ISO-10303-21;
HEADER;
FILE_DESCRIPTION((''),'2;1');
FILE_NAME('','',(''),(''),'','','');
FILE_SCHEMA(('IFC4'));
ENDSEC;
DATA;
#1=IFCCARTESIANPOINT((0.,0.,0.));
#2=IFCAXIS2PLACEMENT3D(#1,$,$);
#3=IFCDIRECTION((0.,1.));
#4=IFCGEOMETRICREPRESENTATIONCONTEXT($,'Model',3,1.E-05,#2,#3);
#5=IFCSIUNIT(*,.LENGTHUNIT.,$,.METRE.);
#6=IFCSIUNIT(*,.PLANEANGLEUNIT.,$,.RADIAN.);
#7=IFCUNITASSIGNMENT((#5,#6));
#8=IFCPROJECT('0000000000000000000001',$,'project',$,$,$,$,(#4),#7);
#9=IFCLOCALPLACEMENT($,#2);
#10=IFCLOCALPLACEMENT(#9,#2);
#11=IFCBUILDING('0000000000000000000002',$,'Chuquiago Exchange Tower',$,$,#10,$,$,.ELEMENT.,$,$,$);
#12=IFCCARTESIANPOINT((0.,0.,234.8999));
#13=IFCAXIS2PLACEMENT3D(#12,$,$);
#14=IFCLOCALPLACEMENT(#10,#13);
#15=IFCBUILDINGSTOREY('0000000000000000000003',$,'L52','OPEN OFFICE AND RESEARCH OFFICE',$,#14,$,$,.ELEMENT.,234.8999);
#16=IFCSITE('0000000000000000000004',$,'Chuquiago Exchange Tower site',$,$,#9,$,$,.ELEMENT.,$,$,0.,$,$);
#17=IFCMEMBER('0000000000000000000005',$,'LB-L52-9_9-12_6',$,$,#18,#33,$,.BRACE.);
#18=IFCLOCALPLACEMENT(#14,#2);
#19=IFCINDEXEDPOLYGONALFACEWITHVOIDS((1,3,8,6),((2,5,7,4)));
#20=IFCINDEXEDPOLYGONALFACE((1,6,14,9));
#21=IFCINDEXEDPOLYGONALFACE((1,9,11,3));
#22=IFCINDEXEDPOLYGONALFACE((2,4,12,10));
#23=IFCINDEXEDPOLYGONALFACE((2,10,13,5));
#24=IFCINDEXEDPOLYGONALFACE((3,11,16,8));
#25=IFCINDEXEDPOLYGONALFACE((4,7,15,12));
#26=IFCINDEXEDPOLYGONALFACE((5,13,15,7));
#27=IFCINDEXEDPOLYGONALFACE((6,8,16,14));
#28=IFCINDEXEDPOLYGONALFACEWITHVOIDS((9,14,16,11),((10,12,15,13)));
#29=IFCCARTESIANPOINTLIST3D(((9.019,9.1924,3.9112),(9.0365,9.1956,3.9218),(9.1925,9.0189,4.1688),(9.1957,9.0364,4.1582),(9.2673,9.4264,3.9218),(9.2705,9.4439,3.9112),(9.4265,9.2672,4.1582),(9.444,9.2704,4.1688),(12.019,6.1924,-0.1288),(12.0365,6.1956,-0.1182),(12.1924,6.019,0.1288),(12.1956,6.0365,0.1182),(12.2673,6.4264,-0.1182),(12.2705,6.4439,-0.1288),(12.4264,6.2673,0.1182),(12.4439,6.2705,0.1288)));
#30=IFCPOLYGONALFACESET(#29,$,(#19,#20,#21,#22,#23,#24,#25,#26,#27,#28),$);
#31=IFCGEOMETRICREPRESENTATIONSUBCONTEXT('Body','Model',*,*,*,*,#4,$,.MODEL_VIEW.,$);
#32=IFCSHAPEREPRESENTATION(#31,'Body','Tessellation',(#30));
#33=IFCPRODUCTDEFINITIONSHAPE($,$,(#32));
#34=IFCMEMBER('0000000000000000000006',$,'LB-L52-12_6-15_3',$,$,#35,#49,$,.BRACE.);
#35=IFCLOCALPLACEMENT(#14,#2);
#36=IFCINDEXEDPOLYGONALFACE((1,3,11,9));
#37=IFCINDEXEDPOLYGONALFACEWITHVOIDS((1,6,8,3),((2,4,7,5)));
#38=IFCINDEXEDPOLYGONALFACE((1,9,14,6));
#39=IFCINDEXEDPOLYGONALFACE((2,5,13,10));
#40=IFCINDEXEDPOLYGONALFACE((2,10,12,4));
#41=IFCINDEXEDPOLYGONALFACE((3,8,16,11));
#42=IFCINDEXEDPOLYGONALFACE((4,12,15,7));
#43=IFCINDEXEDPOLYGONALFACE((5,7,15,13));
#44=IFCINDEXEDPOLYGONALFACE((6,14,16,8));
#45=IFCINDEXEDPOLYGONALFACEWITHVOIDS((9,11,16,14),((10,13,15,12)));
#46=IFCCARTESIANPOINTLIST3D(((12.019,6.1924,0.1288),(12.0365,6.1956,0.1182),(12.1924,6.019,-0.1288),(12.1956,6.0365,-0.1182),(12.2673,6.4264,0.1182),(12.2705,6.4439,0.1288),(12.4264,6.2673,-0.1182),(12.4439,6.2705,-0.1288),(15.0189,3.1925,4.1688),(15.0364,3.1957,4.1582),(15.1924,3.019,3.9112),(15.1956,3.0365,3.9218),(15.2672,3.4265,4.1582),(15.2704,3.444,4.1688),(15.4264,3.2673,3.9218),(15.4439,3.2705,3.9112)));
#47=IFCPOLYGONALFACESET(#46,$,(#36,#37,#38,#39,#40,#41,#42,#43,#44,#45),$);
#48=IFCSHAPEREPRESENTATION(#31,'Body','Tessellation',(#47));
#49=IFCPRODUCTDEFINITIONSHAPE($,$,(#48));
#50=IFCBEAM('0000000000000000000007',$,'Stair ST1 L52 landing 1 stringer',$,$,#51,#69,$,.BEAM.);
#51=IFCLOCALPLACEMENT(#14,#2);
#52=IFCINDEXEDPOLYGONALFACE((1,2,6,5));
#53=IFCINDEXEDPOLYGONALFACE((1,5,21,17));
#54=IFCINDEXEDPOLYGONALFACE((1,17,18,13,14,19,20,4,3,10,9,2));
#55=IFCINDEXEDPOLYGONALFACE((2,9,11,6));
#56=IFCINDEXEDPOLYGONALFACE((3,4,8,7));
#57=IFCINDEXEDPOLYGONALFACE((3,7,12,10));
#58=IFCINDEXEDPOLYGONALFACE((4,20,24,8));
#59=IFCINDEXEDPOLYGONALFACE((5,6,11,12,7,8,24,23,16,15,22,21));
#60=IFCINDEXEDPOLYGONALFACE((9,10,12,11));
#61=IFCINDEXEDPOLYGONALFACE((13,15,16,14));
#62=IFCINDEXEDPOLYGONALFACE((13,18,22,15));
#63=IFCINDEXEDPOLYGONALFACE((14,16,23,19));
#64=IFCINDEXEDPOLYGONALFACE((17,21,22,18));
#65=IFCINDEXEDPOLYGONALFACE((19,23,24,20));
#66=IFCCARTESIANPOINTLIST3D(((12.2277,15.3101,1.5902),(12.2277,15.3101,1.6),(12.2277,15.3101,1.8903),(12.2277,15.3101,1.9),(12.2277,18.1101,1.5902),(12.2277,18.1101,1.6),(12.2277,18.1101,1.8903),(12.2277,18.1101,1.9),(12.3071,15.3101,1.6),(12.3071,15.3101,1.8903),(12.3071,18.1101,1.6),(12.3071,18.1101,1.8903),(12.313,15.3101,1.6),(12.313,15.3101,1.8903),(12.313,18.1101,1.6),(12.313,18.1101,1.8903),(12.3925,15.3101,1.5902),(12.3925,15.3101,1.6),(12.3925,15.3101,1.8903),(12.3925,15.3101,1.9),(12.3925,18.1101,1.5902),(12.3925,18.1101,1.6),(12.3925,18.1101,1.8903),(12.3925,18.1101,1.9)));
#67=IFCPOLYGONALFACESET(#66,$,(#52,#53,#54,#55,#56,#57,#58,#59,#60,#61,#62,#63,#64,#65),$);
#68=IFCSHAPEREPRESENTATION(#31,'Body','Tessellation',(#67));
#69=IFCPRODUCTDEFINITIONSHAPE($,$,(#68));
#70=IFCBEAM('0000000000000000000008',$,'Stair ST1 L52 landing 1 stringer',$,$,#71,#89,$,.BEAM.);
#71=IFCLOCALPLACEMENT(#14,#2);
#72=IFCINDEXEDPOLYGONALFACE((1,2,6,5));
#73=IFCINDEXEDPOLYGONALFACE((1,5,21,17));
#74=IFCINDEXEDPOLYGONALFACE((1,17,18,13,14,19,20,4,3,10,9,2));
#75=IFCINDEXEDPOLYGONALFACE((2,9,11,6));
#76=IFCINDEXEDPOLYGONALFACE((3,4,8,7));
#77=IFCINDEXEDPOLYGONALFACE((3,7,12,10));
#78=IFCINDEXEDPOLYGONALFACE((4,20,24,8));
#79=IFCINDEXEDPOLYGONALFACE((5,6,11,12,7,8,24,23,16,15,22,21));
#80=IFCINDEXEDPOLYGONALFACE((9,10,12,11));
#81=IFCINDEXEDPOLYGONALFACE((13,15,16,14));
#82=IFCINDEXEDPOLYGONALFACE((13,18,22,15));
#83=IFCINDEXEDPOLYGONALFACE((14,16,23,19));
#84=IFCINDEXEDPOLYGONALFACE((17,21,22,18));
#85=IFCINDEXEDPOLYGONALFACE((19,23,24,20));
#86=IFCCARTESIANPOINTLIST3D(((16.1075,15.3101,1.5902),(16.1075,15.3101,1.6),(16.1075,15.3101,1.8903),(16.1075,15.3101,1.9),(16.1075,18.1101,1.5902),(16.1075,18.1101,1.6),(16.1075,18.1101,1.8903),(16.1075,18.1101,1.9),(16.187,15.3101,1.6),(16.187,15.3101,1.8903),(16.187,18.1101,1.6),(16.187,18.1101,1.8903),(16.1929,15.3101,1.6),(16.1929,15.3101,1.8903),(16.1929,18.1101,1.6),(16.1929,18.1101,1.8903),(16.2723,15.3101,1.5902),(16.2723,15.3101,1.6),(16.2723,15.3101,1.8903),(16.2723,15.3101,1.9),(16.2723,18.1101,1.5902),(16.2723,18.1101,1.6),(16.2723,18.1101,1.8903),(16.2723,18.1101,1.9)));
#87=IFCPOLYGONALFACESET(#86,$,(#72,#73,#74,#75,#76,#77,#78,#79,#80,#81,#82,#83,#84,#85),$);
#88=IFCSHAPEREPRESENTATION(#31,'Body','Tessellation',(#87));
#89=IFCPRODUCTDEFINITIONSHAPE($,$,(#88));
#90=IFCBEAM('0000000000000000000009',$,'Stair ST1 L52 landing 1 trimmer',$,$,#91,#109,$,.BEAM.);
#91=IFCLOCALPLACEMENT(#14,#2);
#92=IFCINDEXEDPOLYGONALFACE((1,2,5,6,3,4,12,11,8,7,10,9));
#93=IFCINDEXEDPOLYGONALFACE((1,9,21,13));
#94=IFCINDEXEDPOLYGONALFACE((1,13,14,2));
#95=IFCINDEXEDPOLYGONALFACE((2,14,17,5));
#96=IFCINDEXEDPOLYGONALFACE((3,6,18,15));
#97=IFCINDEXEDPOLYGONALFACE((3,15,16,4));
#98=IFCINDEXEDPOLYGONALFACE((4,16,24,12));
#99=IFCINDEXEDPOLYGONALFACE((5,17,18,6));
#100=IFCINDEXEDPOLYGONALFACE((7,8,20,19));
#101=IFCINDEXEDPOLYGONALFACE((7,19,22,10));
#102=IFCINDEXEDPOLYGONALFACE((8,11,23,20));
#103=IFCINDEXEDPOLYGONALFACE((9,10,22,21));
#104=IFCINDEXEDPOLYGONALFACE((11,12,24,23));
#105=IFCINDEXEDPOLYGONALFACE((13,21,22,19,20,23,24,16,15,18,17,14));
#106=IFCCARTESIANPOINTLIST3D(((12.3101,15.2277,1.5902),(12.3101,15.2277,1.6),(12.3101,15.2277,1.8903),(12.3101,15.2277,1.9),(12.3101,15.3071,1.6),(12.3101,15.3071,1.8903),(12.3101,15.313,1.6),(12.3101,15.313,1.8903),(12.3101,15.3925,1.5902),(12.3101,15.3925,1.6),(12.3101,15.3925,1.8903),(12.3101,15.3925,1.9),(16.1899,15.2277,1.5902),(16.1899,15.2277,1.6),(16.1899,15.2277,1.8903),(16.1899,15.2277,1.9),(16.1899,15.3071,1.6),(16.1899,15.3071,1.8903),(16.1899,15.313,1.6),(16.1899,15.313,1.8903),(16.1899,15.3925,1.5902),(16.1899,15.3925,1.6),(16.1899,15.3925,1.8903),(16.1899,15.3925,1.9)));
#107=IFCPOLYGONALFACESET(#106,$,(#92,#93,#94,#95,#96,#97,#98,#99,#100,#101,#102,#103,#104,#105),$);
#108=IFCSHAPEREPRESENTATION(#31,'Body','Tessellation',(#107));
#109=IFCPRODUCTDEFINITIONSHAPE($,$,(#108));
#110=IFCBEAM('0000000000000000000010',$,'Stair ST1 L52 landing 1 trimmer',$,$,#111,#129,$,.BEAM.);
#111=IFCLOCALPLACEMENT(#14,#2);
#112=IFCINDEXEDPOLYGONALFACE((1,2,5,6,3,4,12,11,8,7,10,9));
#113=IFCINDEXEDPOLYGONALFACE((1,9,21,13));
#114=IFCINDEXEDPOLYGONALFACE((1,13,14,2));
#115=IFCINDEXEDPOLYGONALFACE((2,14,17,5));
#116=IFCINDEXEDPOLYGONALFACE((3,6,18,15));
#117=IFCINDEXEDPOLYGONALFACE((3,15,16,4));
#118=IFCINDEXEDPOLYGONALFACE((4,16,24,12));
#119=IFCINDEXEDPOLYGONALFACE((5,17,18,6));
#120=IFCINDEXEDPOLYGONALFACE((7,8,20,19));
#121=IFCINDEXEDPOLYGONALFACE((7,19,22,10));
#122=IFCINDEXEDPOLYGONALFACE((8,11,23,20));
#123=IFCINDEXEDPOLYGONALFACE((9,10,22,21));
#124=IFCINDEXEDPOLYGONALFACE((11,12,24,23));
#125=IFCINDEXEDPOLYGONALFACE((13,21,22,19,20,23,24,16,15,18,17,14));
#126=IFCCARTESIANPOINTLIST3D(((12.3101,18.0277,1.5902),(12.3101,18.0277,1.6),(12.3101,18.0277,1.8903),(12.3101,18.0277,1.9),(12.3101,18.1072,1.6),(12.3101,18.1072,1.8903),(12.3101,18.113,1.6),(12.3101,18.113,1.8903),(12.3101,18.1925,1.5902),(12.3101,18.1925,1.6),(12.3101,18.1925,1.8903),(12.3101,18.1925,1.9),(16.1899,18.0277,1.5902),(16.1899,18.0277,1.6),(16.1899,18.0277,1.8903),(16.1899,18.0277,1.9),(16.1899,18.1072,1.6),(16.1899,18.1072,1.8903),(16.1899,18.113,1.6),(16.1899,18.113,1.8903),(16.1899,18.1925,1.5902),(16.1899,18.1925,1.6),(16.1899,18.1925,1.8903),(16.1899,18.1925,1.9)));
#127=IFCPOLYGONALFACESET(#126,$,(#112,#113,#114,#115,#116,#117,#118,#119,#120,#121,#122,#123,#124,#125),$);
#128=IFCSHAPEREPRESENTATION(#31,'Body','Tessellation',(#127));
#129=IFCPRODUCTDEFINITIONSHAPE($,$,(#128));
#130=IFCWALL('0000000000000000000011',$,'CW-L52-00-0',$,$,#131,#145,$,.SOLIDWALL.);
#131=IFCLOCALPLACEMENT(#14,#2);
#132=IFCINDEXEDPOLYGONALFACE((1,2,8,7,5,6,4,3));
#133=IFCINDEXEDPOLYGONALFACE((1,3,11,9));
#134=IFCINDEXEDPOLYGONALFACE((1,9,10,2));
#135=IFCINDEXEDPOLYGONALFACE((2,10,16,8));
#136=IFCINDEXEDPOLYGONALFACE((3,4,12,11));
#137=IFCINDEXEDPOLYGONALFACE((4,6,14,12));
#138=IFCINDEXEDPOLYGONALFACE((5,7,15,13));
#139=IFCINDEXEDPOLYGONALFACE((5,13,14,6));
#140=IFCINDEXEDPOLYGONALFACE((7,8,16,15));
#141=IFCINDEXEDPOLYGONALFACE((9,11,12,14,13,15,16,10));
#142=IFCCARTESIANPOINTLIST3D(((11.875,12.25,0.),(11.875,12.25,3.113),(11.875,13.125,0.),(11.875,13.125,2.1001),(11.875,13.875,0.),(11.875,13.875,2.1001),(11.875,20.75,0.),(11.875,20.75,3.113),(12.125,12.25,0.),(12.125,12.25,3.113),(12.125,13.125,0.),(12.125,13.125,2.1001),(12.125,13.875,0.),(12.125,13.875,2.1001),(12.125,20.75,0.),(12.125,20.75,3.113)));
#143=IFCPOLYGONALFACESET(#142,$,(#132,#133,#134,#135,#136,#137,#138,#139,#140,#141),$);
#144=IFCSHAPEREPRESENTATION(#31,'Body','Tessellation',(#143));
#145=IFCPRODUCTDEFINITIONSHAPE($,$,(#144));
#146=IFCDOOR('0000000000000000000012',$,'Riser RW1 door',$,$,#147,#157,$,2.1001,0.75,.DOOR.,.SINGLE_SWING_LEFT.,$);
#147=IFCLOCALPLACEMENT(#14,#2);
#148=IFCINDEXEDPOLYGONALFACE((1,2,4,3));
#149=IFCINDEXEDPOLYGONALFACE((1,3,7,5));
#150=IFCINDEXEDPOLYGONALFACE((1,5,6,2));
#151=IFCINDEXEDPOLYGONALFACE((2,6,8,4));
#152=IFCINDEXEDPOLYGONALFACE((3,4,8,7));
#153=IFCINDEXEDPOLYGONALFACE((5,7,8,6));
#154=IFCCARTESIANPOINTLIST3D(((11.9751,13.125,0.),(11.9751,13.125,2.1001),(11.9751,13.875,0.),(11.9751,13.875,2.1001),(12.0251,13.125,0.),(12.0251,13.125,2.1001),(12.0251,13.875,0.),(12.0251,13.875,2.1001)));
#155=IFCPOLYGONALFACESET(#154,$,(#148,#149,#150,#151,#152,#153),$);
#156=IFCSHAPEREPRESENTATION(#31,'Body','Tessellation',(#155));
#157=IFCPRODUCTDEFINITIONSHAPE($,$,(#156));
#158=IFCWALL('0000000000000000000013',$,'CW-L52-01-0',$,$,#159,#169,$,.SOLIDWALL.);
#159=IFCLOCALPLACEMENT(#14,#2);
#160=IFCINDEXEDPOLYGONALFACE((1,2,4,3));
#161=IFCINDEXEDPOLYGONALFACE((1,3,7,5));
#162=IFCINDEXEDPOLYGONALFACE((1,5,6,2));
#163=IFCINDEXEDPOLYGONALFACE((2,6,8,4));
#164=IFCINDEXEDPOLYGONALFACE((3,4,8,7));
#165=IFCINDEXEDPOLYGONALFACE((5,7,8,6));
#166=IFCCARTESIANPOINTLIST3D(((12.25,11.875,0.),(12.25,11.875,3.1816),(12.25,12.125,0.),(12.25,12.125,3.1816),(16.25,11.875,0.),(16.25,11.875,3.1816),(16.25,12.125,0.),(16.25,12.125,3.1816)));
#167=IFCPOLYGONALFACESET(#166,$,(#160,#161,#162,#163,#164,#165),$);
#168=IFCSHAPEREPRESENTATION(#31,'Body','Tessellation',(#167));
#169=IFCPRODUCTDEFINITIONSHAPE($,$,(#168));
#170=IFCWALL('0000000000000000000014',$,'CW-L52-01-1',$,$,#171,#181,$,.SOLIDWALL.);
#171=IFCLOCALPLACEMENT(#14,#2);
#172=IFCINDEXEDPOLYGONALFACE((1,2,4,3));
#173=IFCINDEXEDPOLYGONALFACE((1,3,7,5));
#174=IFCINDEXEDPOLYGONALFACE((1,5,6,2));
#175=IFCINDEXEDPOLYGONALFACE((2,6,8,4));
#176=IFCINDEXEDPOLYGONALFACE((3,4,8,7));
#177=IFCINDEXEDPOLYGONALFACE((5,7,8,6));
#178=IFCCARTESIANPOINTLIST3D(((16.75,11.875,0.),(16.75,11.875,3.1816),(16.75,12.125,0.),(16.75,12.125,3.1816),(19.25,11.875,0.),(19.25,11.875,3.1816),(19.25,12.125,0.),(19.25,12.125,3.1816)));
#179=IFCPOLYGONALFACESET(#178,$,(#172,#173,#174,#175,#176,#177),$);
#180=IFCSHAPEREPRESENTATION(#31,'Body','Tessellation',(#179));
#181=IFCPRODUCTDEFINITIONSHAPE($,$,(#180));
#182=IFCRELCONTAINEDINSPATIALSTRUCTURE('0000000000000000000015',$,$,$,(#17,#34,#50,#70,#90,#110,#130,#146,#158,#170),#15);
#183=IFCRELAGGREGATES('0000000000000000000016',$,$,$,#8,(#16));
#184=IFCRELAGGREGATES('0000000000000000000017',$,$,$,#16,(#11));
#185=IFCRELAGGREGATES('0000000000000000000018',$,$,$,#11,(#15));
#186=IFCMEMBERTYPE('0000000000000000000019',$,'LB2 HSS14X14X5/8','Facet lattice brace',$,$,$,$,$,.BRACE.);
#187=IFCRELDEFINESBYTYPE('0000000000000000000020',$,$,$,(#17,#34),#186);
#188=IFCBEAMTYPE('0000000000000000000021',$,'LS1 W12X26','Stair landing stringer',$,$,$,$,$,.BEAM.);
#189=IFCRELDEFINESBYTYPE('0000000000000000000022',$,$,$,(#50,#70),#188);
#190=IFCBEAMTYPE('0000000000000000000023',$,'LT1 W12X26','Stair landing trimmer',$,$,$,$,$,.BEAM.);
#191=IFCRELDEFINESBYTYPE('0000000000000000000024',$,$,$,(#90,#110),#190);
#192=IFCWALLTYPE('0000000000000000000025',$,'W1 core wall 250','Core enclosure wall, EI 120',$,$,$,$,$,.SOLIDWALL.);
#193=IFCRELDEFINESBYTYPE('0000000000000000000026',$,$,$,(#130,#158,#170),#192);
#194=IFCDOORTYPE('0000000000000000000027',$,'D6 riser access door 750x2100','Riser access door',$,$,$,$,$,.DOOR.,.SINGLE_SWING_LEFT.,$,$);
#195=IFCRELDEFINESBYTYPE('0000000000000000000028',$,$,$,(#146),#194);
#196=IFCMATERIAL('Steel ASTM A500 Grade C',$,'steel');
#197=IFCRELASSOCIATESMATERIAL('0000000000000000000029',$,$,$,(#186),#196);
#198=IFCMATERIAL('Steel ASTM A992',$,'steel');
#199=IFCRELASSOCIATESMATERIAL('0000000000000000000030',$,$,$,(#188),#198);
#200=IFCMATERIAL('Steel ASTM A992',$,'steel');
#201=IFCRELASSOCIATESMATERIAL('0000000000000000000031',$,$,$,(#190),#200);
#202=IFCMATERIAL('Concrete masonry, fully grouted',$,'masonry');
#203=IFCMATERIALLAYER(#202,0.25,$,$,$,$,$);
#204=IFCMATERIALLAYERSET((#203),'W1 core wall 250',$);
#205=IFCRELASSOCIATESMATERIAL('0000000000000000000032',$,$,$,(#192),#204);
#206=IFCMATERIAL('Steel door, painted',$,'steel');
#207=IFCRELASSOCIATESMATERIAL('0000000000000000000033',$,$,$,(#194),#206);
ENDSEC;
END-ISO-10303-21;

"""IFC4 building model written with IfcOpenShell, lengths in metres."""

from ifc_helpers import new_model, si_unit, direction, frame, frame_2d, origin, origin_2d, place, context, subcontext, project, spatial, rectangle, hollow_rectangle, i_section, extrude, material, layer, layer_set, material_profile, profile_set, type_object, element, fill, save


model = new_model("IFC4")

# Units and contexts
model_context = context("Model", 3, precision=1e-05, world=origin(), true_north=direction((0.0, 1.0)))
body_context = subcontext(model_context, "Body", "Model", "MODEL_VIEW")
ifc_project = project(units=[si_unit("LENGTHUNIT", "METRE"), si_unit("PLANEANGLEUNIT", "RADIAN")], contexts=[model_context])

# Site, building, storey
site_placement = place(None, origin())
site = spatial("IfcSite", under=ifc_project, at=site_placement, Name="Chuquiago Exchange Tower site", CompositionType="ELEMENT", RefElevation=0.0)
building_placement = place(site_placement, origin())
building = spatial("IfcBuilding", under=site, at=building_placement, Name="Chuquiago Exchange Tower", CompositionType="ELEMENT")
storey_placement = place(building_placement, frame((0.0, 0.0, 234.8999)))
storey = spatial("IfcBuildingStorey", under=building, at=storey_placement, Name="L52", Description="OPEN OFFICE AND RESEARCH OFFICE", CompositionType="ELEMENT", Elevation=234.8999)

# Members
ifc_material_1 = material(Name="Steel ASTM A500 Grade C", Category="steel")
ifc_material_profile_1 = material_profile(ifc_material_1, hollow_rectangle(XDim=0.3557, YDim=0.3557, WallThickness=0.0146, at=origin_2d()), Name="HSS14X14X5/8")
ifc_profile_set_1 = profile_set([ifc_material_profile_1], Name="Steel ASTM A500 Grade C")
member_type_1 = type_object("IfcMemberType", Name="LB2 HSS14X14X5/8", Description="Facet lattice brace", PredefinedType="BRACE", material=ifc_profile_set_1)
for number, where, z_axis, x_axis, name in (
    (1, (12.2314, 6.2314, 0.0), (-0.512077, 0.512077, 0.689604), (-0.707107, -0.707107, 0.0), "LB-L52-9_9-12_6"),
    (2, (12.2314, 6.2314, 0.0), (0.512077, -0.512077, 0.689604), (0.707107, 0.707107, 0.0), "LB-L52-12_6-15_3"),
):
    element("IfcMember", number, at=place(storey_placement, frame(where, z_axis=z_axis, x_axis=x_axis)), inside=storey, type_object=member_type_1, Name=name, PredefinedType="BRACE", context=body_context, shape_type="SweptSolid", body=[
        extrude(hollow_rectangle(XDim=0.3557, YDim=0.3557, WallThickness=0.0146, at=origin_2d()), origin(), (0.0, 0.0, 1.0), 5.8584),
    ])

# Beams
ifc_material_2 = material(Name="Steel ASTM A992", Category="steel")
ifc_material_profile_2 = material_profile(ifc_material_2, i_section(OverallWidth=0.1648, OverallDepth=0.3098, WebThickness=0.0059, FlangeThickness=0.0098, at=origin_2d()), Name="W12X26")
ifc_profile_set_2 = profile_set([ifc_material_profile_2], Name="Steel ASTM A992")
beam_type_1 = type_object("IfcBeamType", Name="LS1 W12X26", Description="Stair landing stringer", PredefinedType="BEAM", material=ifc_profile_set_2)
for number, where, z_axis, x_axis, name in (
    (3, (12.3101, 15.3101, 1.7451), (0.0, 1.0, 0.0), (-1.0, 0.0, 0.0), "Stair ST1 L52 landing 1 stringer"),
    (4, (16.1899, 15.3101, 1.7451), (0.0, 1.0, 0.0), (-1.0, 0.0, 0.0), "Stair ST1 L52 landing 1 stringer"),
):
    element("IfcBeam", number, at=place(storey_placement, frame(where, z_axis=z_axis, x_axis=x_axis)), inside=storey, type_object=beam_type_1, Name=name, PredefinedType="BEAM", context=body_context, shape_type="SweptSolid", body=[
        extrude(i_section(OverallWidth=0.1648, OverallDepth=0.3098, WebThickness=0.0059, FlangeThickness=0.0098, at=origin_2d()), origin(), (0.0, 0.0, 1.0), 2.8),
    ])
ifc_material_3 = material(Name="Steel ASTM A992", Category="steel")
ifc_material_profile_3 = material_profile(ifc_material_3, i_section(OverallWidth=0.1648, OverallDepth=0.3098, WebThickness=0.0059, FlangeThickness=0.0098, at=origin_2d()), Name="W12X26")
ifc_profile_set_3 = profile_set([ifc_material_profile_3], Name="Steel ASTM A992")
beam_type_2 = type_object("IfcBeamType", Name="LT1 W12X26", Description="Stair landing trimmer", PredefinedType="BEAM", material=ifc_profile_set_3)
for number, where, z_axis, x_axis, name in (
    (5, (12.3101, 15.3101, 1.7451), (1.0, 0.0, 0.0), (0.0, 1.0, 0.0), "Stair ST1 L52 landing 1 trimmer"),
    (6, (12.3101, 18.1101, 1.7451), (1.0, 0.0, 0.0), (0.0, 1.0, 0.0), "Stair ST1 L52 landing 1 trimmer"),
):
    element("IfcBeam", number, at=place(storey_placement, frame(where, z_axis=z_axis, x_axis=x_axis)), inside=storey, type_object=beam_type_2, Name=name, PredefinedType="BEAM", context=body_context, shape_type="SweptSolid", body=[
        extrude(i_section(OverallWidth=0.1648, OverallDepth=0.3098, WebThickness=0.0059, FlangeThickness=0.0098, at=origin_2d()), origin(), (0.0, 0.0, 1.0), 3.8799),
    ])

# Wall, opening, door
ifc_material_4 = material(Name="Concrete masonry, fully grouted", Category="masonry")
ifc_layer_1 = layer(ifc_material_4, 0.25)
ifc_layer_set_1 = layer_set([ifc_layer_1], Name="W1 core wall 250")
wall_type_1 = type_object("IfcWallType", Name="W1 core wall 250", Description="Core enclosure wall, EI 120", PredefinedType="SOLIDWALL", material=ifc_layer_set_1)
wall_1_placement = place(storey_placement, frame((12.0, 12.25, 0.0), z_axis=(0.0, 0.0, 1.0), x_axis=(0.0, 1.0, 0.0)))
wall_1 = element("IfcWall", 7, at=wall_1_placement, inside=storey, type_object=wall_type_1, Name="CW-L52-00-0", PredefinedType="SOLIDWALL", context=body_context, shape_type="SweptSolid", body=[
    extrude(rectangle(XDim=8.5, YDim=0.25, at=frame_2d((4.25, 0.0))), origin(), (0.0, 0.0, 1.0), 3.113),
])
opening_placement = place(wall_1_placement, frame((0.875, 0.0, 0.0)))
opening = element("IfcOpeningElement", 8, at=opening_placement, cuts=wall_1, PredefinedType="OPENING", context=body_context, shape_type="SweptSolid", body=[
    extrude(rectangle(XDim=0.75, YDim=2.1001, at=frame_2d((0.375, 1.05))), frame((0.0, 0.135, 0.0), z_axis=(0.0, -1.0, 0.0), x_axis=(1.0, 0.0, 0.0)), (0.0, 0.0, 1.0), 0.27),
])
ifc_material_5 = material(Name="Steel door, painted", Category="steel")
door_type = type_object("IfcDoorType", Name="D6 riser access door 750x2100", Description="Riser access door", OperationType="SINGLE_SWING_LEFT", PredefinedType="DOOR", material=ifc_material_5)
door_placement = place(opening_placement, origin())
door = element("IfcDoor", 9, at=door_placement, inside=storey, type_object=door_type, Name="Riser RW1 door", OperationType="SINGLE_SWING_LEFT", OverallHeight=2.1001, OverallWidth=0.75, PredefinedType="DOOR", context=body_context, shape_type="SweptSolid", body=[
    extrude(rectangle(XDim=0.75, YDim=2.1001, at=frame_2d((0.375, 1.05))), frame((0.0, 0.0249, 0.0), z_axis=(0.0, -1.0, 0.0), x_axis=(1.0, 0.0, 0.0)), (0.0, 0.0, 1.0), 0.05),
])
fill(opening, door)

# Walls
wall_2_placement = place(storey_placement, frame((12.25, 12.0, 0.0), z_axis=(0.0, 0.0, 1.0), x_axis=(1.0, 0.0, 0.0)))
element("IfcWall", 10, at=wall_2_placement, inside=storey, type_object=wall_type_1, Name="CW-L52-01-0", PredefinedType="SOLIDWALL", context=body_context, shape_type="SweptSolid", body=[
    extrude(rectangle(XDim=4.0, YDim=0.25, at=frame_2d((2.0, 0.0))), origin(), (0.0, 0.0, 1.0), 3.1816),
])
wall_3_placement = place(storey_placement, frame((16.75, 12.0, 0.0), z_axis=(0.0, 0.0, 1.0), x_axis=(1.0, 0.0, 0.0)))
element("IfcWall", 11, at=wall_3_placement, inside=storey, type_object=wall_type_1, Name="CW-L52-01-1", PredefinedType="SOLIDWALL", context=body_context, shape_type="SweptSolid", body=[
    extrude(rectangle(XDim=2.5, YDim=0.25, at=frame_2d((1.25, 0.0))), origin(), (0.0, 0.0, 1.0), 3.1816),
])

save(model, "model.ifc")
